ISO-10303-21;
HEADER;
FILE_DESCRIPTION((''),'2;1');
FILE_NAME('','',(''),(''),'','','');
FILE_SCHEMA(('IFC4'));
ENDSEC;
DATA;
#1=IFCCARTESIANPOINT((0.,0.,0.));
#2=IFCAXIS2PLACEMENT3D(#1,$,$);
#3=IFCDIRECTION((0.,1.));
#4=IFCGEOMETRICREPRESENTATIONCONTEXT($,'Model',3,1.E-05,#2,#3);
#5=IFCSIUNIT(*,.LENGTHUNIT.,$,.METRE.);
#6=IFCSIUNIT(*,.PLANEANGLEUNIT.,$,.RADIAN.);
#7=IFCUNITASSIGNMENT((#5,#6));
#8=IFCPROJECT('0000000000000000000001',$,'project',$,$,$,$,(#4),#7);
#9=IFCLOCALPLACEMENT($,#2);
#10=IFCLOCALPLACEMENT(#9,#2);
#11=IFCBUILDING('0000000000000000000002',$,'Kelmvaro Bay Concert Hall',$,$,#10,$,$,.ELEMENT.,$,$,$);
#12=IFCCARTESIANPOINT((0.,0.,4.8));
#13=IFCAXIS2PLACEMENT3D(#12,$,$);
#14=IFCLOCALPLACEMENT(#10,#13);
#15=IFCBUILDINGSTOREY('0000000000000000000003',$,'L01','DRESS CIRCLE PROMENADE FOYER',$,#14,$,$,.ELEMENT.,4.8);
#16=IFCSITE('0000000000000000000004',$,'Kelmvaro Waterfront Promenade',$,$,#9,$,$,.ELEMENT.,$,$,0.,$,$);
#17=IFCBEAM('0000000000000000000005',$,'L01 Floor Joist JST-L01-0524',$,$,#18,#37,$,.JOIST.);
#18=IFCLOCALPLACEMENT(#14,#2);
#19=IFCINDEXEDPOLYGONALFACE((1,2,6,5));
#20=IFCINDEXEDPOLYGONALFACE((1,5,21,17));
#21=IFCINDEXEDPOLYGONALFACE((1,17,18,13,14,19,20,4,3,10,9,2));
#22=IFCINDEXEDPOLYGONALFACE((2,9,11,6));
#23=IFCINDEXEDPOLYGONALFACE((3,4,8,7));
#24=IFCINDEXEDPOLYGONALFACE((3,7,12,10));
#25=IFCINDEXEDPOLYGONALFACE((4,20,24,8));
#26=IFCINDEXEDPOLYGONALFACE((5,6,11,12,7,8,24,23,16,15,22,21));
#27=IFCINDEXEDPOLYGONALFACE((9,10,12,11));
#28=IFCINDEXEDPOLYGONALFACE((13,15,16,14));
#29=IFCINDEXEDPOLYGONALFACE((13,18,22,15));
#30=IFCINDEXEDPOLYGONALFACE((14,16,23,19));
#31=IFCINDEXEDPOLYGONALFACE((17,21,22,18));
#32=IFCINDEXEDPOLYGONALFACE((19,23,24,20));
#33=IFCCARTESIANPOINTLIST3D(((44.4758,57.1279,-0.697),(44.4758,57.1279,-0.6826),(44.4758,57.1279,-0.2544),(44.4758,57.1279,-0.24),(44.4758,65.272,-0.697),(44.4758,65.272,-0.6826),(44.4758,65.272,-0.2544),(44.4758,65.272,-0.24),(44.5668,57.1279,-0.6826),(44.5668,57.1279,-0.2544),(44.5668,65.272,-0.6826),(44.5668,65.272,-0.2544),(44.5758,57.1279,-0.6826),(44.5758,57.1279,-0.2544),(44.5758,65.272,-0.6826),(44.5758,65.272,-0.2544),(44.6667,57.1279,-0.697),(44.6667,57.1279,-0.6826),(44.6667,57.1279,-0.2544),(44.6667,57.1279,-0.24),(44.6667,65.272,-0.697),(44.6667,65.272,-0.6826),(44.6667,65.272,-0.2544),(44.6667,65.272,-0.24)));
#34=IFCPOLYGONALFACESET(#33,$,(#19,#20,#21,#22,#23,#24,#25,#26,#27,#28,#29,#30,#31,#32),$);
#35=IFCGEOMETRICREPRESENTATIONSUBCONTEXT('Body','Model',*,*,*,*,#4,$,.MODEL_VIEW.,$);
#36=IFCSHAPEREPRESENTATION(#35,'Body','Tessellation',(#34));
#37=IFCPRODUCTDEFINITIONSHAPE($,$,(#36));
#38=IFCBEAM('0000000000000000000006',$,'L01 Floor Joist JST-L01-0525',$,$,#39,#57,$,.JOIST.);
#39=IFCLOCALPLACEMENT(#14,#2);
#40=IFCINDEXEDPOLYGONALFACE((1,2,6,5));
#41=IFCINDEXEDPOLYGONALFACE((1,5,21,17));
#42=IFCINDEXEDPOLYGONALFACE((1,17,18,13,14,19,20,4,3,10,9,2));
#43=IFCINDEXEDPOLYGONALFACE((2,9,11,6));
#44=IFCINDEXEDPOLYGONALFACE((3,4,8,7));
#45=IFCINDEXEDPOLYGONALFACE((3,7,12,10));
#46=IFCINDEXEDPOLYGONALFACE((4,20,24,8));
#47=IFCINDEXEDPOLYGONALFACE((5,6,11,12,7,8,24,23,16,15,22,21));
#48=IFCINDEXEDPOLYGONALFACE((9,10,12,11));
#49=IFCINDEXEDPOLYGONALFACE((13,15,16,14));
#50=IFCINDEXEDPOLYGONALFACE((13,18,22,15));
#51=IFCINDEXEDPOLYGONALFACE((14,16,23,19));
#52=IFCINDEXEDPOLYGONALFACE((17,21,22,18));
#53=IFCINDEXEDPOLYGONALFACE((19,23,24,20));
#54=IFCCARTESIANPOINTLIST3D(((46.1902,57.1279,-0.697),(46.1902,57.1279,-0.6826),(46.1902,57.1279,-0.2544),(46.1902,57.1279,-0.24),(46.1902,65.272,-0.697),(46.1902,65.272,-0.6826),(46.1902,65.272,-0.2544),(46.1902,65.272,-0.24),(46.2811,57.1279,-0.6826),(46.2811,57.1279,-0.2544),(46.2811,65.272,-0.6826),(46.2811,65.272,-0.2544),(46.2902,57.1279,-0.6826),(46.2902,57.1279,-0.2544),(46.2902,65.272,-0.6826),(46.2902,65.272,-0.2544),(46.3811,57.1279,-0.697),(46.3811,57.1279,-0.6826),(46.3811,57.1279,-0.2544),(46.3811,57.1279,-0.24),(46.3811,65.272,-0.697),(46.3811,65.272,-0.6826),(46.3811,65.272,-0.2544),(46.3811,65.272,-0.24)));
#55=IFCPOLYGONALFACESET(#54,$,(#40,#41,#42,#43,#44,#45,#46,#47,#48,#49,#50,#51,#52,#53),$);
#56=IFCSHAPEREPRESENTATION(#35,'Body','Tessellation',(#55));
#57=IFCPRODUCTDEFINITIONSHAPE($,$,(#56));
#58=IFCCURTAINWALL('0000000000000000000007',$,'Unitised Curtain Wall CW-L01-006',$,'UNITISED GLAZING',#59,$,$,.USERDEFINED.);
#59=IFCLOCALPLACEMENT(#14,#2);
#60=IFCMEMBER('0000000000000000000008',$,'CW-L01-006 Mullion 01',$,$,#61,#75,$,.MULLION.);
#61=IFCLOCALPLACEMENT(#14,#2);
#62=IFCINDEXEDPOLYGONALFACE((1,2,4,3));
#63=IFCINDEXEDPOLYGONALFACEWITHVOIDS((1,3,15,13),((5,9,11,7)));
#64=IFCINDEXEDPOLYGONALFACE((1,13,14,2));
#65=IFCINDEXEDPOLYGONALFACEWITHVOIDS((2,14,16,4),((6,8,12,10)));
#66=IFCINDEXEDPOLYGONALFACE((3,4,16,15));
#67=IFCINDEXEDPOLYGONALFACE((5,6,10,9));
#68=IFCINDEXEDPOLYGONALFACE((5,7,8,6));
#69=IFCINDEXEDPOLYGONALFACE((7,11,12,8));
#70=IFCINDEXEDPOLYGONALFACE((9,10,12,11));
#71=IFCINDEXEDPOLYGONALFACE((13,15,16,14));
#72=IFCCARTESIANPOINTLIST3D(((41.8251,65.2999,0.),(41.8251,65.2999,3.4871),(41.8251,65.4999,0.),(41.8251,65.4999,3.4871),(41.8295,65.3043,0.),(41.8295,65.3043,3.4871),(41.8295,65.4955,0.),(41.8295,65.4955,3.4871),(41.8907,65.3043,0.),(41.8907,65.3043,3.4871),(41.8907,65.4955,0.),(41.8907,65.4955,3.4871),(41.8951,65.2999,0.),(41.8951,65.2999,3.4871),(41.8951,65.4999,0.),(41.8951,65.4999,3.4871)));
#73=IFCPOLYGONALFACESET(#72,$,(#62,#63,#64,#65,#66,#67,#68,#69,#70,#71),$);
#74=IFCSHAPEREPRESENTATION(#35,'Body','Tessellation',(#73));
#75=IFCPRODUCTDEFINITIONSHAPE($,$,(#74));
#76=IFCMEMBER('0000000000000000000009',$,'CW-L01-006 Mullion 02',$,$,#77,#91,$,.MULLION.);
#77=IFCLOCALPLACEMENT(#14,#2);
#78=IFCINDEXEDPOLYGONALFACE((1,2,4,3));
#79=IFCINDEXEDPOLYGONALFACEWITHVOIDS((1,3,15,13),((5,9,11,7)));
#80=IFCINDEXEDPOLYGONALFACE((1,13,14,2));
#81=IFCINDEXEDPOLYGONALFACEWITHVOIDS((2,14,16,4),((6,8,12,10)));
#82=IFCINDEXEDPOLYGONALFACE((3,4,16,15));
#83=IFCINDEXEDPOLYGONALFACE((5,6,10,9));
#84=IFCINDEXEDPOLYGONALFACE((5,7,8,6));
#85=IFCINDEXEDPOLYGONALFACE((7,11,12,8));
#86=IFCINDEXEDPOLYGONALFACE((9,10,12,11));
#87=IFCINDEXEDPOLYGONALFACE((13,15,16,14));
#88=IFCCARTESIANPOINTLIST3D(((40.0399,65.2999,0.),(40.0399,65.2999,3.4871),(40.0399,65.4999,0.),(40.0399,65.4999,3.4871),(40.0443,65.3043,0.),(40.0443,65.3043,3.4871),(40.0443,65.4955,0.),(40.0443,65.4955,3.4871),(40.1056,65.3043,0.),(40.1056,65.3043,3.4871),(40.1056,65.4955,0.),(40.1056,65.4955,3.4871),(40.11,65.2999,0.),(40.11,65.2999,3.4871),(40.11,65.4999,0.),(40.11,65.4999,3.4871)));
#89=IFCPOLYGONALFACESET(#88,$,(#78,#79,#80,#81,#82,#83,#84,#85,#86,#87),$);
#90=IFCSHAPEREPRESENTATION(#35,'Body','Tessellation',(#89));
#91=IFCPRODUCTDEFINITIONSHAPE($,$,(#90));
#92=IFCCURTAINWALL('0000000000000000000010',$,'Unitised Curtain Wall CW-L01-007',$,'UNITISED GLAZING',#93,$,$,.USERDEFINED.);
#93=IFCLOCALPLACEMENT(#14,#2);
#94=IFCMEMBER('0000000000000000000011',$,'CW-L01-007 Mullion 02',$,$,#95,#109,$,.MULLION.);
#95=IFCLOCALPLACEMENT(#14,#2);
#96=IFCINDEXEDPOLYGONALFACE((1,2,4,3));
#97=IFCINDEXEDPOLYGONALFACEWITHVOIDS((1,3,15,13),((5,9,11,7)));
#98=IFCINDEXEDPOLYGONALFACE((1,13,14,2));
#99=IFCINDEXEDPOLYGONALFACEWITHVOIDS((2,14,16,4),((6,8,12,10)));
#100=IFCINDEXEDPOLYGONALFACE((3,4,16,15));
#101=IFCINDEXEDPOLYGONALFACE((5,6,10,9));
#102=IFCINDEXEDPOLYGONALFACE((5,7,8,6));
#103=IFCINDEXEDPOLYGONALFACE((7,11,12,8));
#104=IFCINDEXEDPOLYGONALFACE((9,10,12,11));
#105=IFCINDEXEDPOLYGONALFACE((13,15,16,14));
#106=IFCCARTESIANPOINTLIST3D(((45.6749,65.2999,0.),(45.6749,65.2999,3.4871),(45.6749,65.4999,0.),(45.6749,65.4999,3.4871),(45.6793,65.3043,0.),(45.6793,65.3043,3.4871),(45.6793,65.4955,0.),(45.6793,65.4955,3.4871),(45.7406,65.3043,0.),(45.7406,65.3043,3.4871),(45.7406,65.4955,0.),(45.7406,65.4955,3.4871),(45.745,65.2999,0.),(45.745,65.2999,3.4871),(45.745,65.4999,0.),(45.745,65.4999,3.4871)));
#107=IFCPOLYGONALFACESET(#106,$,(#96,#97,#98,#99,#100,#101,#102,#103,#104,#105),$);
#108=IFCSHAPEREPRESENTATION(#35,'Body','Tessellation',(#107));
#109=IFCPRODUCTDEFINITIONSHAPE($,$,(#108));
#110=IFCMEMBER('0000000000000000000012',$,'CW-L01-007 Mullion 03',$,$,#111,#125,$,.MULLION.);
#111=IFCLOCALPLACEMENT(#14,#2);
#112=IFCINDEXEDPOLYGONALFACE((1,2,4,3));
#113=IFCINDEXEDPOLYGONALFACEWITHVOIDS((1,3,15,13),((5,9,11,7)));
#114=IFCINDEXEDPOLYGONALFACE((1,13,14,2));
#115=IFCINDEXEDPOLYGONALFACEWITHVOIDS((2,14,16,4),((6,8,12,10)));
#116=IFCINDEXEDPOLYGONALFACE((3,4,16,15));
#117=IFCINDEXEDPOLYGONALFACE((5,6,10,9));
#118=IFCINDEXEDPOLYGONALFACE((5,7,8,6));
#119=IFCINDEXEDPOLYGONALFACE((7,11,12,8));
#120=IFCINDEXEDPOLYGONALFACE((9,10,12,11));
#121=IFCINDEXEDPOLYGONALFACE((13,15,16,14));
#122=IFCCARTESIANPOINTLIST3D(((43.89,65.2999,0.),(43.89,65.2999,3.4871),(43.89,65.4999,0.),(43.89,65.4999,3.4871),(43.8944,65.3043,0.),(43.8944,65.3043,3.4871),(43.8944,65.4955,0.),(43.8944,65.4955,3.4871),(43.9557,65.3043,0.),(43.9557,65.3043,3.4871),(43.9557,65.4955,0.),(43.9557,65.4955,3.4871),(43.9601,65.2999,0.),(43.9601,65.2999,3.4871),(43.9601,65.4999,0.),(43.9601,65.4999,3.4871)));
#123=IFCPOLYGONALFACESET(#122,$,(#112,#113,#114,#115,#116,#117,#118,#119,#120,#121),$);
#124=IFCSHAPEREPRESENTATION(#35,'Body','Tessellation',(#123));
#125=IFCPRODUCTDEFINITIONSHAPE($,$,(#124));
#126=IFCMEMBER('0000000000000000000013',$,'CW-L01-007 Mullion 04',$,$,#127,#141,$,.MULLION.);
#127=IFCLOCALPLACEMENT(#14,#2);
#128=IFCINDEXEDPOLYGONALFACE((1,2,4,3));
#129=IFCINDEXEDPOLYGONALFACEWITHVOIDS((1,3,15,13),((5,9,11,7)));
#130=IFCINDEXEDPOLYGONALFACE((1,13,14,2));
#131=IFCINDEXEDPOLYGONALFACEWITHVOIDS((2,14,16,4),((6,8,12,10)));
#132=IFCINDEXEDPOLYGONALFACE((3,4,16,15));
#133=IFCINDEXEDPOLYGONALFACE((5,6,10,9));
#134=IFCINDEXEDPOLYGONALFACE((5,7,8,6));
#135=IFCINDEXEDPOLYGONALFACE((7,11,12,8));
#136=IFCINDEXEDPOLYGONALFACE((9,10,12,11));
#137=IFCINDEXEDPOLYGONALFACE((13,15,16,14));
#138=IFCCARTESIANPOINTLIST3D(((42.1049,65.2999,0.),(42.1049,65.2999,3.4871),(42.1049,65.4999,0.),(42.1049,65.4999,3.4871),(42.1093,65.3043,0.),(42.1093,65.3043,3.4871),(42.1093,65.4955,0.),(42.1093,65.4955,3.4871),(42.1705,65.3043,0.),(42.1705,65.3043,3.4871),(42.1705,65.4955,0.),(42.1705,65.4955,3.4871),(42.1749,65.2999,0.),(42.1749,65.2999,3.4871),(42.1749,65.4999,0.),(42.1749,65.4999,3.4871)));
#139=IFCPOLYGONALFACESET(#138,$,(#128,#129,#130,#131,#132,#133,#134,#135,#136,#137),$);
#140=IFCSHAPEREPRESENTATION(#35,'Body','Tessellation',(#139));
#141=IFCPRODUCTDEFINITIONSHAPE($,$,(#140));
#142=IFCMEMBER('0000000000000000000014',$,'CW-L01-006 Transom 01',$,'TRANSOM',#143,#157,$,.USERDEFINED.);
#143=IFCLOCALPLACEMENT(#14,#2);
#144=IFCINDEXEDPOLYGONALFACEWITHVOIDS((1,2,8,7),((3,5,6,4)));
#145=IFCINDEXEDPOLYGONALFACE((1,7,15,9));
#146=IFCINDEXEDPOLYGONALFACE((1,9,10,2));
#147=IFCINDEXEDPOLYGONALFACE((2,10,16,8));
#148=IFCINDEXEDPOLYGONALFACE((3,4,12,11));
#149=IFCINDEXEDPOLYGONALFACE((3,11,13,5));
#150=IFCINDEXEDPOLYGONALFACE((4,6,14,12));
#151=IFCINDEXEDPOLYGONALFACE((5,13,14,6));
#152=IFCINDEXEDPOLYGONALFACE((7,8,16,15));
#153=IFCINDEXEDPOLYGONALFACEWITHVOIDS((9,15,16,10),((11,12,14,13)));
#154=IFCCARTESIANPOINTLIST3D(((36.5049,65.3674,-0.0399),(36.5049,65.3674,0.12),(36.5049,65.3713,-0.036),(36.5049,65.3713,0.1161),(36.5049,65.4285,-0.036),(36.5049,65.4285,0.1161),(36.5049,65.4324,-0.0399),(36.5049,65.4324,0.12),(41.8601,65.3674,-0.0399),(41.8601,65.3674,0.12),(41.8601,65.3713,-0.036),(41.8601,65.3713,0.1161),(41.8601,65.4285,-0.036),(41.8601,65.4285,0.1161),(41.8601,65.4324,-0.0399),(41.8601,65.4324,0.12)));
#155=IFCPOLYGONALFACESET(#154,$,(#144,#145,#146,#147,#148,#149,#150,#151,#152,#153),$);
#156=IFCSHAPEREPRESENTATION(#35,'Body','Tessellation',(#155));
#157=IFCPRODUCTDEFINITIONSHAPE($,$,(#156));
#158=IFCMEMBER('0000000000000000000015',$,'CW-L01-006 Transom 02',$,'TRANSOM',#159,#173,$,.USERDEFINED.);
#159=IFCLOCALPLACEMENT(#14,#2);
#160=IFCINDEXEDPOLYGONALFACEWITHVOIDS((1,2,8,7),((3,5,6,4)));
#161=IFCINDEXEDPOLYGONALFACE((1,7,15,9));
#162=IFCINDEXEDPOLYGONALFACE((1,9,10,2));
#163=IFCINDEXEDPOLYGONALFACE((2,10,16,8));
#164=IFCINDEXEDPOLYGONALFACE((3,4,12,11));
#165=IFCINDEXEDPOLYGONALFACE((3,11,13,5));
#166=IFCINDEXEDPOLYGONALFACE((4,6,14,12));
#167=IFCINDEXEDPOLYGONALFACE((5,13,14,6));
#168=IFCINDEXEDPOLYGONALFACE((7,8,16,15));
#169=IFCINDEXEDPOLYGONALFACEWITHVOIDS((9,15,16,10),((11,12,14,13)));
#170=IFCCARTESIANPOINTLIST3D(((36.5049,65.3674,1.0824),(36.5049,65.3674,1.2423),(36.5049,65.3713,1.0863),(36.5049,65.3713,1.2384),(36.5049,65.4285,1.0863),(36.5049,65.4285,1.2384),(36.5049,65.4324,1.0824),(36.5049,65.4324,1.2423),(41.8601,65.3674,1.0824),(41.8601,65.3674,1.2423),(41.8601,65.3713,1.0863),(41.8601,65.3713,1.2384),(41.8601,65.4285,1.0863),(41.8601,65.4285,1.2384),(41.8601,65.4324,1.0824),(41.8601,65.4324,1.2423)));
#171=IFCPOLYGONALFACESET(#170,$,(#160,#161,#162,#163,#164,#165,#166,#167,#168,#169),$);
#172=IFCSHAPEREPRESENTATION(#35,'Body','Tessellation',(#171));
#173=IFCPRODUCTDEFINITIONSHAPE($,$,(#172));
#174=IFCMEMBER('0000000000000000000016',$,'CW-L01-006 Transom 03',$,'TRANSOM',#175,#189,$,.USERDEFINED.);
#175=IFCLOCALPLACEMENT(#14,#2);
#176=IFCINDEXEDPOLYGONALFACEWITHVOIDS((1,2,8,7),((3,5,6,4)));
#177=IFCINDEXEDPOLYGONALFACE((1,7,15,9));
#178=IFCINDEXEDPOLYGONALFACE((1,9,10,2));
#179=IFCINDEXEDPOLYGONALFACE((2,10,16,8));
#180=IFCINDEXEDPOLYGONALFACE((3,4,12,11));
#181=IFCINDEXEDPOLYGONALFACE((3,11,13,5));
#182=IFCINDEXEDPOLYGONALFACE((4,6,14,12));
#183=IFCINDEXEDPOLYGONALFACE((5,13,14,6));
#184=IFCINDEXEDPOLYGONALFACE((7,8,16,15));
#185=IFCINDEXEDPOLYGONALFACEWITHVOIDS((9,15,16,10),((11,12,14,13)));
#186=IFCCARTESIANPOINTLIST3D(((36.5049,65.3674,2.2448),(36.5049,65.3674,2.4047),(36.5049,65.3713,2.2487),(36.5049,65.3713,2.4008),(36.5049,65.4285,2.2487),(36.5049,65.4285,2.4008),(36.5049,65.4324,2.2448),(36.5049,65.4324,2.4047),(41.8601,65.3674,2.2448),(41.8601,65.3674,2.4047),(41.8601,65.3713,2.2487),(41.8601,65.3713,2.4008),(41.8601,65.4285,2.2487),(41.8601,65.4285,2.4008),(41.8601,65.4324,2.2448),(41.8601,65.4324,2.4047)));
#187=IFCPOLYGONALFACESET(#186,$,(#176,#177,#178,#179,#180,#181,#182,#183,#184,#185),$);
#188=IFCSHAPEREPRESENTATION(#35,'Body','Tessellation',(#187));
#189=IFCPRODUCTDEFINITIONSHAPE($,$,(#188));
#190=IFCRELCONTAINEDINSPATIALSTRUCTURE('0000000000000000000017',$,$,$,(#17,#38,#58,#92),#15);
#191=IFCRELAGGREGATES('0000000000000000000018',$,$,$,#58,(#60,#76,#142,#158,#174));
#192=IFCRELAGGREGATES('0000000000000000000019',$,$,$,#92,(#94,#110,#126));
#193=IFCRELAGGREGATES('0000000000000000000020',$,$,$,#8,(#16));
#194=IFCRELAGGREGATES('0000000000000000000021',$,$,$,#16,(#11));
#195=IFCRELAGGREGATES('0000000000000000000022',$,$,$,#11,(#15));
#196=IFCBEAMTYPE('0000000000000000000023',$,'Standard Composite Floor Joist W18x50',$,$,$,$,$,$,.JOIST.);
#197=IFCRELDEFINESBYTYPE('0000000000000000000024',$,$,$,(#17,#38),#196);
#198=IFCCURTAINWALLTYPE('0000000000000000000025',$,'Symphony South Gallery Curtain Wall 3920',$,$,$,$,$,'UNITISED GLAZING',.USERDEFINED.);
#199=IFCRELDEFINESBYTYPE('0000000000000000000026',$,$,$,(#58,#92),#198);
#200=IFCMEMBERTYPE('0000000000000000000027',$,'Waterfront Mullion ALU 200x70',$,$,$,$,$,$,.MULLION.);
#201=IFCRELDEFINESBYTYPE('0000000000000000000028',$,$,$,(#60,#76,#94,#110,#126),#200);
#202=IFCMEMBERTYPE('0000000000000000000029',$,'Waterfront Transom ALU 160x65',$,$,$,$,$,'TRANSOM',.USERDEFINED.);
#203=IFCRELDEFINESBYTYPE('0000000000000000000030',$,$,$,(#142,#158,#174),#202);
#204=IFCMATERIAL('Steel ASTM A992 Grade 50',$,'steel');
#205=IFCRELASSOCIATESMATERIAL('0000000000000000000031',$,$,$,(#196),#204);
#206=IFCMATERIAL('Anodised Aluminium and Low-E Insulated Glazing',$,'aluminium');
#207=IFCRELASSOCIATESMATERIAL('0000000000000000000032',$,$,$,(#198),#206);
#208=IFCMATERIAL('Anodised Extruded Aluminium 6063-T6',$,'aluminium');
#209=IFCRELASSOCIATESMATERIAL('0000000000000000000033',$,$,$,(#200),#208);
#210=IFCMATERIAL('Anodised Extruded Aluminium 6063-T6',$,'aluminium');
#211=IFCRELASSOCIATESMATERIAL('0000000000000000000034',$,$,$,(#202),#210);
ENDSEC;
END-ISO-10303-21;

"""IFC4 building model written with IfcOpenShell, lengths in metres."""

from ifc_helpers import new_model, si_unit, direction, frame, origin, origin_2d, place, context, subcontext, project, spatial, hollow_rectangle, i_section, extrude, material, material_profile, profile_set, type_object, element, aggregate, save


model = new_model("IFC4")

# Units and contexts
model_context = context("Model", 3, precision=1e-05, world=origin(), true_north=direction((0.0, 1.0)))
body_context = subcontext(model_context, "Body", "Model", "MODEL_VIEW")
ifc_project = project(units=[si_unit("LENGTHUNIT", "METRE"), si_unit("PLANEANGLEUNIT", "RADIAN")], contexts=[model_context])

# Site, building, storey
site_placement = place(None, origin())
site = spatial("IfcSite", under=ifc_project, at=site_placement, Name="Kelmvaro Waterfront Promenade", CompositionType="ELEMENT", RefElevation=0.0)
building_placement = place(site_placement, origin())
building = spatial("IfcBuilding", under=site, at=building_placement, Name="Kelmvaro Bay Concert Hall", CompositionType="ELEMENT")
storey_placement = place(building_placement, frame((0.0, 0.0, 4.8)))
storey = spatial("IfcBuildingStorey", under=building, at=storey_placement, Name="L01", Description="DRESS CIRCLE PROMENADE FOYER", CompositionType="ELEMENT", Elevation=4.8)

# Beams
ifc_material_1 = material(Name="Steel ASTM A992 Grade 50", Category="steel")
ifc_material_profile_1 = material_profile(ifc_material_1, i_section(OverallWidth=0.1909, OverallDepth=0.457, WebThickness=0.009, FlangeThickness=0.0144, at=origin_2d()), Name="W18X50")
ifc_profile_set_1 = profile_set([ifc_material_profile_1], Name="Steel ASTM A992 Grade 50")
beam_type = type_object("IfcBeamType", Name="Standard Composite Floor Joist W18x50", PredefinedType="JOIST", material=ifc_profile_set_1)
for number, where, z_axis, x_axis, name in (
    (1, (44.5713, 57.1279, -0.4685), (0.0, 1.0, 0.0), (-1.0, 0.0, 0.0), "L01 Floor Joist JST-L01-0524"),
    (2, (46.2856, 57.1279, -0.4685), (0.0, 1.0, 0.0), (-1.0, 0.0, 0.0), "L01 Floor Joist JST-L01-0525"),
):
    element("IfcBeam", number, at=place(storey_placement, frame(where, z_axis=z_axis, x_axis=x_axis)), inside=storey, type_object=beam_type, Name=name, PredefinedType="JOIST", context=body_context, shape_type="SweptSolid", body=[
        extrude(i_section(OverallWidth=0.1909, OverallDepth=0.457, WebThickness=0.009, FlangeThickness=0.0144, at=origin_2d()), origin(), (0.0, 0.0, 1.0), 8.144),
    ])

# Curtain walls, members
ifc_material_2 = material(Name="Anodised Aluminium and Low-E Insulated Glazing", Category="aluminium")
curtain_wall_type_1 = type_object("IfcCurtainWallType", Name="Symphony South Gallery Curtain Wall 3920", ElementType="UNITISED GLAZING", PredefinedType="USERDEFINED", material=ifc_material_2)
curtain_wall_1_placement = place(storey_placement, origin())
curtain_wall_1 = element("IfcCurtainWall", 3, at=curtain_wall_1_placement, inside=storey, type_object=curtain_wall_type_1, Name="Unitised Curtain Wall CW-L01-006", ObjectType="UNITISED GLAZING", PredefinedType="USERDEFINED")
ifc_material_3 = material(Name="Anodised Extruded Aluminium 6063-T6", Category="aluminium")
ifc_material_profile_2 = material_profile(ifc_material_3, hollow_rectangle(XDim=0.0701, YDim=0.2, WallThickness=0.0044, at=origin_2d()), Name="ALU-MUL-200X70")
ifc_profile_set_2 = profile_set([ifc_material_profile_2], Name="Anodised Extruded Aluminium 6063-T6")
member_type_1 = type_object("IfcMemberType", Name="Waterfront Mullion ALU 200x70", PredefinedType="MULLION", material=ifc_profile_set_2)
member_1_placement = place(storey_placement, frame((41.8601, 65.3999, 0.0), z_axis=(0.0, 0.0, 1.0), x_axis=(1.0, 0.0, 0.0)))
member_1 = element("IfcMember", 4, at=member_1_placement, type_object=member_type_1, Name="CW-L01-006 Mullion 01", PredefinedType="MULLION", context=body_context, shape_type="SweptSolid", body=[
    extrude(hollow_rectangle(XDim=0.0701, YDim=0.2, WallThickness=0.0044, at=origin_2d()), origin(), (0.0, 0.0, 1.0), 3.4871),
])
member_2_placement = place(storey_placement, frame((40.075, 65.3999, 0.0), z_axis=(0.0, 0.0, 1.0), x_axis=(1.0, 0.0, 0.0)))
member_2 = element("IfcMember", 5, at=member_2_placement, type_object=member_type_1, Name="CW-L01-006 Mullion 02", PredefinedType="MULLION", context=body_context, shape_type="SweptSolid", body=[
    extrude(hollow_rectangle(XDim=0.0701, YDim=0.2, WallThickness=0.0044, at=origin_2d()), origin(), (0.0, 0.0, 1.0), 3.4871),
])
curtain_wall_2_placement = place(storey_placement, origin())
curtain_wall_2 = element("IfcCurtainWall", 6, at=curtain_wall_2_placement, inside=storey, type_object=curtain_wall_type_1, Name="Unitised Curtain Wall CW-L01-007", ObjectType="UNITISED GLAZING", PredefinedType="USERDEFINED")
member_3_placement = place(storey_placement, frame((45.71, 65.3999, 0.0), z_axis=(0.0, 0.0, 1.0), x_axis=(1.0, 0.0, 0.0)))
member_3 = element("IfcMember", 7, at=member_3_placement, type_object=member_type_1, Name="CW-L01-007 Mullion 02", PredefinedType="MULLION", context=body_context, shape_type="SweptSolid", body=[
    extrude(hollow_rectangle(XDim=0.0701, YDim=0.2, WallThickness=0.0044, at=origin_2d()), origin(), (0.0, 0.0, 1.0), 3.4871),
])
member_4_placement = place(storey_placement, frame((43.925, 65.3999, 0.0), z_axis=(0.0, 0.0, 1.0), x_axis=(1.0, 0.0, 0.0)))
member_4 = element("IfcMember", 8, at=member_4_placement, type_object=member_type_1, Name="CW-L01-007 Mullion 03", PredefinedType="MULLION", context=body_context, shape_type="SweptSolid", body=[
    extrude(hollow_rectangle(XDim=0.0701, YDim=0.2, WallThickness=0.0044, at=origin_2d()), origin(), (0.0, 0.0, 1.0), 3.4871),
])
member_5_placement = place(storey_placement, frame((42.1399, 65.3999, 0.0), z_axis=(0.0, 0.0, 1.0), x_axis=(1.0, 0.0, 0.0)))
member_5 = element("IfcMember", 9, at=member_5_placement, type_object=member_type_1, Name="CW-L01-007 Mullion 04", PredefinedType="MULLION", context=body_context, shape_type="SweptSolid", body=[
    extrude(hollow_rectangle(XDim=0.0701, YDim=0.2, WallThickness=0.0044, at=origin_2d()), origin(), (0.0, 0.0, 1.0), 3.4871),
])

# Members
ifc_material_4 = material(Name="Anodised Extruded Aluminium 6063-T6", Category="aluminium")
ifc_material_profile_3 = material_profile(ifc_material_4, hollow_rectangle(XDim=0.0649, YDim=0.1599, WallThickness=0.0039, at=origin_2d()), Name="ALU-TRN-160X65")
ifc_profile_set_3 = profile_set([ifc_material_profile_3], Name="Anodised Extruded Aluminium 6063-T6")
member_type_2 = type_object("IfcMemberType", Name="Waterfront Transom ALU 160x65", ElementType="TRANSOM", PredefinedType="USERDEFINED", material=ifc_profile_set_3)
member_6_placement = place(storey_placement, frame((41.8601, 65.3999, 0.04), z_axis=(-1.0, 0.0, 0.0), x_axis=(0.0, -1.0, 0.0)))
member_6 = element("IfcMember", 10, at=member_6_placement, type_object=member_type_2, Name="CW-L01-006 Transom 01", ObjectType="TRANSOM", PredefinedType="USERDEFINED", context=body_context, shape_type="SweptSolid", body=[
    extrude(hollow_rectangle(XDim=0.0649, YDim=0.1599, WallThickness=0.0039, at=origin_2d()), origin(), (0.0, 0.0, 1.0), 5.3552),
])
member_7_placement = place(storey_placement, frame((41.8601, 65.3999, 1.1624), z_axis=(-1.0, 0.0, 0.0), x_axis=(0.0, -1.0, 0.0)))
member_7 = element("IfcMember", 11, at=member_7_placement, type_object=member_type_2, Name="CW-L01-006 Transom 02", ObjectType="TRANSOM", PredefinedType="USERDEFINED", context=body_context, shape_type="SweptSolid", body=[
    extrude(hollow_rectangle(XDim=0.0649, YDim=0.1599, WallThickness=0.0039, at=origin_2d()), origin(), (0.0, 0.0, 1.0), 5.3552),
])
member_8_placement = place(storey_placement, frame((41.8601, 65.3999, 2.3247), z_axis=(-1.0, 0.0, 0.0), x_axis=(0.0, -1.0, 0.0)))
member_8 = element("IfcMember", 12, at=member_8_placement, type_object=member_type_2, Name="CW-L01-006 Transom 03", ObjectType="TRANSOM", PredefinedType="USERDEFINED", context=body_context, shape_type="SweptSolid", body=[
    extrude(hollow_rectangle(XDim=0.0649, YDim=0.1599, WallThickness=0.0039, at=origin_2d()), origin(), (0.0, 0.0, 1.0), 5.3552),
])

aggregate(curtain_wall_1, [member_1, member_2, member_6, member_7, member_8])
aggregate(curtain_wall_2, [member_3, member_4, member_5])

save(model, "model.ifc")
